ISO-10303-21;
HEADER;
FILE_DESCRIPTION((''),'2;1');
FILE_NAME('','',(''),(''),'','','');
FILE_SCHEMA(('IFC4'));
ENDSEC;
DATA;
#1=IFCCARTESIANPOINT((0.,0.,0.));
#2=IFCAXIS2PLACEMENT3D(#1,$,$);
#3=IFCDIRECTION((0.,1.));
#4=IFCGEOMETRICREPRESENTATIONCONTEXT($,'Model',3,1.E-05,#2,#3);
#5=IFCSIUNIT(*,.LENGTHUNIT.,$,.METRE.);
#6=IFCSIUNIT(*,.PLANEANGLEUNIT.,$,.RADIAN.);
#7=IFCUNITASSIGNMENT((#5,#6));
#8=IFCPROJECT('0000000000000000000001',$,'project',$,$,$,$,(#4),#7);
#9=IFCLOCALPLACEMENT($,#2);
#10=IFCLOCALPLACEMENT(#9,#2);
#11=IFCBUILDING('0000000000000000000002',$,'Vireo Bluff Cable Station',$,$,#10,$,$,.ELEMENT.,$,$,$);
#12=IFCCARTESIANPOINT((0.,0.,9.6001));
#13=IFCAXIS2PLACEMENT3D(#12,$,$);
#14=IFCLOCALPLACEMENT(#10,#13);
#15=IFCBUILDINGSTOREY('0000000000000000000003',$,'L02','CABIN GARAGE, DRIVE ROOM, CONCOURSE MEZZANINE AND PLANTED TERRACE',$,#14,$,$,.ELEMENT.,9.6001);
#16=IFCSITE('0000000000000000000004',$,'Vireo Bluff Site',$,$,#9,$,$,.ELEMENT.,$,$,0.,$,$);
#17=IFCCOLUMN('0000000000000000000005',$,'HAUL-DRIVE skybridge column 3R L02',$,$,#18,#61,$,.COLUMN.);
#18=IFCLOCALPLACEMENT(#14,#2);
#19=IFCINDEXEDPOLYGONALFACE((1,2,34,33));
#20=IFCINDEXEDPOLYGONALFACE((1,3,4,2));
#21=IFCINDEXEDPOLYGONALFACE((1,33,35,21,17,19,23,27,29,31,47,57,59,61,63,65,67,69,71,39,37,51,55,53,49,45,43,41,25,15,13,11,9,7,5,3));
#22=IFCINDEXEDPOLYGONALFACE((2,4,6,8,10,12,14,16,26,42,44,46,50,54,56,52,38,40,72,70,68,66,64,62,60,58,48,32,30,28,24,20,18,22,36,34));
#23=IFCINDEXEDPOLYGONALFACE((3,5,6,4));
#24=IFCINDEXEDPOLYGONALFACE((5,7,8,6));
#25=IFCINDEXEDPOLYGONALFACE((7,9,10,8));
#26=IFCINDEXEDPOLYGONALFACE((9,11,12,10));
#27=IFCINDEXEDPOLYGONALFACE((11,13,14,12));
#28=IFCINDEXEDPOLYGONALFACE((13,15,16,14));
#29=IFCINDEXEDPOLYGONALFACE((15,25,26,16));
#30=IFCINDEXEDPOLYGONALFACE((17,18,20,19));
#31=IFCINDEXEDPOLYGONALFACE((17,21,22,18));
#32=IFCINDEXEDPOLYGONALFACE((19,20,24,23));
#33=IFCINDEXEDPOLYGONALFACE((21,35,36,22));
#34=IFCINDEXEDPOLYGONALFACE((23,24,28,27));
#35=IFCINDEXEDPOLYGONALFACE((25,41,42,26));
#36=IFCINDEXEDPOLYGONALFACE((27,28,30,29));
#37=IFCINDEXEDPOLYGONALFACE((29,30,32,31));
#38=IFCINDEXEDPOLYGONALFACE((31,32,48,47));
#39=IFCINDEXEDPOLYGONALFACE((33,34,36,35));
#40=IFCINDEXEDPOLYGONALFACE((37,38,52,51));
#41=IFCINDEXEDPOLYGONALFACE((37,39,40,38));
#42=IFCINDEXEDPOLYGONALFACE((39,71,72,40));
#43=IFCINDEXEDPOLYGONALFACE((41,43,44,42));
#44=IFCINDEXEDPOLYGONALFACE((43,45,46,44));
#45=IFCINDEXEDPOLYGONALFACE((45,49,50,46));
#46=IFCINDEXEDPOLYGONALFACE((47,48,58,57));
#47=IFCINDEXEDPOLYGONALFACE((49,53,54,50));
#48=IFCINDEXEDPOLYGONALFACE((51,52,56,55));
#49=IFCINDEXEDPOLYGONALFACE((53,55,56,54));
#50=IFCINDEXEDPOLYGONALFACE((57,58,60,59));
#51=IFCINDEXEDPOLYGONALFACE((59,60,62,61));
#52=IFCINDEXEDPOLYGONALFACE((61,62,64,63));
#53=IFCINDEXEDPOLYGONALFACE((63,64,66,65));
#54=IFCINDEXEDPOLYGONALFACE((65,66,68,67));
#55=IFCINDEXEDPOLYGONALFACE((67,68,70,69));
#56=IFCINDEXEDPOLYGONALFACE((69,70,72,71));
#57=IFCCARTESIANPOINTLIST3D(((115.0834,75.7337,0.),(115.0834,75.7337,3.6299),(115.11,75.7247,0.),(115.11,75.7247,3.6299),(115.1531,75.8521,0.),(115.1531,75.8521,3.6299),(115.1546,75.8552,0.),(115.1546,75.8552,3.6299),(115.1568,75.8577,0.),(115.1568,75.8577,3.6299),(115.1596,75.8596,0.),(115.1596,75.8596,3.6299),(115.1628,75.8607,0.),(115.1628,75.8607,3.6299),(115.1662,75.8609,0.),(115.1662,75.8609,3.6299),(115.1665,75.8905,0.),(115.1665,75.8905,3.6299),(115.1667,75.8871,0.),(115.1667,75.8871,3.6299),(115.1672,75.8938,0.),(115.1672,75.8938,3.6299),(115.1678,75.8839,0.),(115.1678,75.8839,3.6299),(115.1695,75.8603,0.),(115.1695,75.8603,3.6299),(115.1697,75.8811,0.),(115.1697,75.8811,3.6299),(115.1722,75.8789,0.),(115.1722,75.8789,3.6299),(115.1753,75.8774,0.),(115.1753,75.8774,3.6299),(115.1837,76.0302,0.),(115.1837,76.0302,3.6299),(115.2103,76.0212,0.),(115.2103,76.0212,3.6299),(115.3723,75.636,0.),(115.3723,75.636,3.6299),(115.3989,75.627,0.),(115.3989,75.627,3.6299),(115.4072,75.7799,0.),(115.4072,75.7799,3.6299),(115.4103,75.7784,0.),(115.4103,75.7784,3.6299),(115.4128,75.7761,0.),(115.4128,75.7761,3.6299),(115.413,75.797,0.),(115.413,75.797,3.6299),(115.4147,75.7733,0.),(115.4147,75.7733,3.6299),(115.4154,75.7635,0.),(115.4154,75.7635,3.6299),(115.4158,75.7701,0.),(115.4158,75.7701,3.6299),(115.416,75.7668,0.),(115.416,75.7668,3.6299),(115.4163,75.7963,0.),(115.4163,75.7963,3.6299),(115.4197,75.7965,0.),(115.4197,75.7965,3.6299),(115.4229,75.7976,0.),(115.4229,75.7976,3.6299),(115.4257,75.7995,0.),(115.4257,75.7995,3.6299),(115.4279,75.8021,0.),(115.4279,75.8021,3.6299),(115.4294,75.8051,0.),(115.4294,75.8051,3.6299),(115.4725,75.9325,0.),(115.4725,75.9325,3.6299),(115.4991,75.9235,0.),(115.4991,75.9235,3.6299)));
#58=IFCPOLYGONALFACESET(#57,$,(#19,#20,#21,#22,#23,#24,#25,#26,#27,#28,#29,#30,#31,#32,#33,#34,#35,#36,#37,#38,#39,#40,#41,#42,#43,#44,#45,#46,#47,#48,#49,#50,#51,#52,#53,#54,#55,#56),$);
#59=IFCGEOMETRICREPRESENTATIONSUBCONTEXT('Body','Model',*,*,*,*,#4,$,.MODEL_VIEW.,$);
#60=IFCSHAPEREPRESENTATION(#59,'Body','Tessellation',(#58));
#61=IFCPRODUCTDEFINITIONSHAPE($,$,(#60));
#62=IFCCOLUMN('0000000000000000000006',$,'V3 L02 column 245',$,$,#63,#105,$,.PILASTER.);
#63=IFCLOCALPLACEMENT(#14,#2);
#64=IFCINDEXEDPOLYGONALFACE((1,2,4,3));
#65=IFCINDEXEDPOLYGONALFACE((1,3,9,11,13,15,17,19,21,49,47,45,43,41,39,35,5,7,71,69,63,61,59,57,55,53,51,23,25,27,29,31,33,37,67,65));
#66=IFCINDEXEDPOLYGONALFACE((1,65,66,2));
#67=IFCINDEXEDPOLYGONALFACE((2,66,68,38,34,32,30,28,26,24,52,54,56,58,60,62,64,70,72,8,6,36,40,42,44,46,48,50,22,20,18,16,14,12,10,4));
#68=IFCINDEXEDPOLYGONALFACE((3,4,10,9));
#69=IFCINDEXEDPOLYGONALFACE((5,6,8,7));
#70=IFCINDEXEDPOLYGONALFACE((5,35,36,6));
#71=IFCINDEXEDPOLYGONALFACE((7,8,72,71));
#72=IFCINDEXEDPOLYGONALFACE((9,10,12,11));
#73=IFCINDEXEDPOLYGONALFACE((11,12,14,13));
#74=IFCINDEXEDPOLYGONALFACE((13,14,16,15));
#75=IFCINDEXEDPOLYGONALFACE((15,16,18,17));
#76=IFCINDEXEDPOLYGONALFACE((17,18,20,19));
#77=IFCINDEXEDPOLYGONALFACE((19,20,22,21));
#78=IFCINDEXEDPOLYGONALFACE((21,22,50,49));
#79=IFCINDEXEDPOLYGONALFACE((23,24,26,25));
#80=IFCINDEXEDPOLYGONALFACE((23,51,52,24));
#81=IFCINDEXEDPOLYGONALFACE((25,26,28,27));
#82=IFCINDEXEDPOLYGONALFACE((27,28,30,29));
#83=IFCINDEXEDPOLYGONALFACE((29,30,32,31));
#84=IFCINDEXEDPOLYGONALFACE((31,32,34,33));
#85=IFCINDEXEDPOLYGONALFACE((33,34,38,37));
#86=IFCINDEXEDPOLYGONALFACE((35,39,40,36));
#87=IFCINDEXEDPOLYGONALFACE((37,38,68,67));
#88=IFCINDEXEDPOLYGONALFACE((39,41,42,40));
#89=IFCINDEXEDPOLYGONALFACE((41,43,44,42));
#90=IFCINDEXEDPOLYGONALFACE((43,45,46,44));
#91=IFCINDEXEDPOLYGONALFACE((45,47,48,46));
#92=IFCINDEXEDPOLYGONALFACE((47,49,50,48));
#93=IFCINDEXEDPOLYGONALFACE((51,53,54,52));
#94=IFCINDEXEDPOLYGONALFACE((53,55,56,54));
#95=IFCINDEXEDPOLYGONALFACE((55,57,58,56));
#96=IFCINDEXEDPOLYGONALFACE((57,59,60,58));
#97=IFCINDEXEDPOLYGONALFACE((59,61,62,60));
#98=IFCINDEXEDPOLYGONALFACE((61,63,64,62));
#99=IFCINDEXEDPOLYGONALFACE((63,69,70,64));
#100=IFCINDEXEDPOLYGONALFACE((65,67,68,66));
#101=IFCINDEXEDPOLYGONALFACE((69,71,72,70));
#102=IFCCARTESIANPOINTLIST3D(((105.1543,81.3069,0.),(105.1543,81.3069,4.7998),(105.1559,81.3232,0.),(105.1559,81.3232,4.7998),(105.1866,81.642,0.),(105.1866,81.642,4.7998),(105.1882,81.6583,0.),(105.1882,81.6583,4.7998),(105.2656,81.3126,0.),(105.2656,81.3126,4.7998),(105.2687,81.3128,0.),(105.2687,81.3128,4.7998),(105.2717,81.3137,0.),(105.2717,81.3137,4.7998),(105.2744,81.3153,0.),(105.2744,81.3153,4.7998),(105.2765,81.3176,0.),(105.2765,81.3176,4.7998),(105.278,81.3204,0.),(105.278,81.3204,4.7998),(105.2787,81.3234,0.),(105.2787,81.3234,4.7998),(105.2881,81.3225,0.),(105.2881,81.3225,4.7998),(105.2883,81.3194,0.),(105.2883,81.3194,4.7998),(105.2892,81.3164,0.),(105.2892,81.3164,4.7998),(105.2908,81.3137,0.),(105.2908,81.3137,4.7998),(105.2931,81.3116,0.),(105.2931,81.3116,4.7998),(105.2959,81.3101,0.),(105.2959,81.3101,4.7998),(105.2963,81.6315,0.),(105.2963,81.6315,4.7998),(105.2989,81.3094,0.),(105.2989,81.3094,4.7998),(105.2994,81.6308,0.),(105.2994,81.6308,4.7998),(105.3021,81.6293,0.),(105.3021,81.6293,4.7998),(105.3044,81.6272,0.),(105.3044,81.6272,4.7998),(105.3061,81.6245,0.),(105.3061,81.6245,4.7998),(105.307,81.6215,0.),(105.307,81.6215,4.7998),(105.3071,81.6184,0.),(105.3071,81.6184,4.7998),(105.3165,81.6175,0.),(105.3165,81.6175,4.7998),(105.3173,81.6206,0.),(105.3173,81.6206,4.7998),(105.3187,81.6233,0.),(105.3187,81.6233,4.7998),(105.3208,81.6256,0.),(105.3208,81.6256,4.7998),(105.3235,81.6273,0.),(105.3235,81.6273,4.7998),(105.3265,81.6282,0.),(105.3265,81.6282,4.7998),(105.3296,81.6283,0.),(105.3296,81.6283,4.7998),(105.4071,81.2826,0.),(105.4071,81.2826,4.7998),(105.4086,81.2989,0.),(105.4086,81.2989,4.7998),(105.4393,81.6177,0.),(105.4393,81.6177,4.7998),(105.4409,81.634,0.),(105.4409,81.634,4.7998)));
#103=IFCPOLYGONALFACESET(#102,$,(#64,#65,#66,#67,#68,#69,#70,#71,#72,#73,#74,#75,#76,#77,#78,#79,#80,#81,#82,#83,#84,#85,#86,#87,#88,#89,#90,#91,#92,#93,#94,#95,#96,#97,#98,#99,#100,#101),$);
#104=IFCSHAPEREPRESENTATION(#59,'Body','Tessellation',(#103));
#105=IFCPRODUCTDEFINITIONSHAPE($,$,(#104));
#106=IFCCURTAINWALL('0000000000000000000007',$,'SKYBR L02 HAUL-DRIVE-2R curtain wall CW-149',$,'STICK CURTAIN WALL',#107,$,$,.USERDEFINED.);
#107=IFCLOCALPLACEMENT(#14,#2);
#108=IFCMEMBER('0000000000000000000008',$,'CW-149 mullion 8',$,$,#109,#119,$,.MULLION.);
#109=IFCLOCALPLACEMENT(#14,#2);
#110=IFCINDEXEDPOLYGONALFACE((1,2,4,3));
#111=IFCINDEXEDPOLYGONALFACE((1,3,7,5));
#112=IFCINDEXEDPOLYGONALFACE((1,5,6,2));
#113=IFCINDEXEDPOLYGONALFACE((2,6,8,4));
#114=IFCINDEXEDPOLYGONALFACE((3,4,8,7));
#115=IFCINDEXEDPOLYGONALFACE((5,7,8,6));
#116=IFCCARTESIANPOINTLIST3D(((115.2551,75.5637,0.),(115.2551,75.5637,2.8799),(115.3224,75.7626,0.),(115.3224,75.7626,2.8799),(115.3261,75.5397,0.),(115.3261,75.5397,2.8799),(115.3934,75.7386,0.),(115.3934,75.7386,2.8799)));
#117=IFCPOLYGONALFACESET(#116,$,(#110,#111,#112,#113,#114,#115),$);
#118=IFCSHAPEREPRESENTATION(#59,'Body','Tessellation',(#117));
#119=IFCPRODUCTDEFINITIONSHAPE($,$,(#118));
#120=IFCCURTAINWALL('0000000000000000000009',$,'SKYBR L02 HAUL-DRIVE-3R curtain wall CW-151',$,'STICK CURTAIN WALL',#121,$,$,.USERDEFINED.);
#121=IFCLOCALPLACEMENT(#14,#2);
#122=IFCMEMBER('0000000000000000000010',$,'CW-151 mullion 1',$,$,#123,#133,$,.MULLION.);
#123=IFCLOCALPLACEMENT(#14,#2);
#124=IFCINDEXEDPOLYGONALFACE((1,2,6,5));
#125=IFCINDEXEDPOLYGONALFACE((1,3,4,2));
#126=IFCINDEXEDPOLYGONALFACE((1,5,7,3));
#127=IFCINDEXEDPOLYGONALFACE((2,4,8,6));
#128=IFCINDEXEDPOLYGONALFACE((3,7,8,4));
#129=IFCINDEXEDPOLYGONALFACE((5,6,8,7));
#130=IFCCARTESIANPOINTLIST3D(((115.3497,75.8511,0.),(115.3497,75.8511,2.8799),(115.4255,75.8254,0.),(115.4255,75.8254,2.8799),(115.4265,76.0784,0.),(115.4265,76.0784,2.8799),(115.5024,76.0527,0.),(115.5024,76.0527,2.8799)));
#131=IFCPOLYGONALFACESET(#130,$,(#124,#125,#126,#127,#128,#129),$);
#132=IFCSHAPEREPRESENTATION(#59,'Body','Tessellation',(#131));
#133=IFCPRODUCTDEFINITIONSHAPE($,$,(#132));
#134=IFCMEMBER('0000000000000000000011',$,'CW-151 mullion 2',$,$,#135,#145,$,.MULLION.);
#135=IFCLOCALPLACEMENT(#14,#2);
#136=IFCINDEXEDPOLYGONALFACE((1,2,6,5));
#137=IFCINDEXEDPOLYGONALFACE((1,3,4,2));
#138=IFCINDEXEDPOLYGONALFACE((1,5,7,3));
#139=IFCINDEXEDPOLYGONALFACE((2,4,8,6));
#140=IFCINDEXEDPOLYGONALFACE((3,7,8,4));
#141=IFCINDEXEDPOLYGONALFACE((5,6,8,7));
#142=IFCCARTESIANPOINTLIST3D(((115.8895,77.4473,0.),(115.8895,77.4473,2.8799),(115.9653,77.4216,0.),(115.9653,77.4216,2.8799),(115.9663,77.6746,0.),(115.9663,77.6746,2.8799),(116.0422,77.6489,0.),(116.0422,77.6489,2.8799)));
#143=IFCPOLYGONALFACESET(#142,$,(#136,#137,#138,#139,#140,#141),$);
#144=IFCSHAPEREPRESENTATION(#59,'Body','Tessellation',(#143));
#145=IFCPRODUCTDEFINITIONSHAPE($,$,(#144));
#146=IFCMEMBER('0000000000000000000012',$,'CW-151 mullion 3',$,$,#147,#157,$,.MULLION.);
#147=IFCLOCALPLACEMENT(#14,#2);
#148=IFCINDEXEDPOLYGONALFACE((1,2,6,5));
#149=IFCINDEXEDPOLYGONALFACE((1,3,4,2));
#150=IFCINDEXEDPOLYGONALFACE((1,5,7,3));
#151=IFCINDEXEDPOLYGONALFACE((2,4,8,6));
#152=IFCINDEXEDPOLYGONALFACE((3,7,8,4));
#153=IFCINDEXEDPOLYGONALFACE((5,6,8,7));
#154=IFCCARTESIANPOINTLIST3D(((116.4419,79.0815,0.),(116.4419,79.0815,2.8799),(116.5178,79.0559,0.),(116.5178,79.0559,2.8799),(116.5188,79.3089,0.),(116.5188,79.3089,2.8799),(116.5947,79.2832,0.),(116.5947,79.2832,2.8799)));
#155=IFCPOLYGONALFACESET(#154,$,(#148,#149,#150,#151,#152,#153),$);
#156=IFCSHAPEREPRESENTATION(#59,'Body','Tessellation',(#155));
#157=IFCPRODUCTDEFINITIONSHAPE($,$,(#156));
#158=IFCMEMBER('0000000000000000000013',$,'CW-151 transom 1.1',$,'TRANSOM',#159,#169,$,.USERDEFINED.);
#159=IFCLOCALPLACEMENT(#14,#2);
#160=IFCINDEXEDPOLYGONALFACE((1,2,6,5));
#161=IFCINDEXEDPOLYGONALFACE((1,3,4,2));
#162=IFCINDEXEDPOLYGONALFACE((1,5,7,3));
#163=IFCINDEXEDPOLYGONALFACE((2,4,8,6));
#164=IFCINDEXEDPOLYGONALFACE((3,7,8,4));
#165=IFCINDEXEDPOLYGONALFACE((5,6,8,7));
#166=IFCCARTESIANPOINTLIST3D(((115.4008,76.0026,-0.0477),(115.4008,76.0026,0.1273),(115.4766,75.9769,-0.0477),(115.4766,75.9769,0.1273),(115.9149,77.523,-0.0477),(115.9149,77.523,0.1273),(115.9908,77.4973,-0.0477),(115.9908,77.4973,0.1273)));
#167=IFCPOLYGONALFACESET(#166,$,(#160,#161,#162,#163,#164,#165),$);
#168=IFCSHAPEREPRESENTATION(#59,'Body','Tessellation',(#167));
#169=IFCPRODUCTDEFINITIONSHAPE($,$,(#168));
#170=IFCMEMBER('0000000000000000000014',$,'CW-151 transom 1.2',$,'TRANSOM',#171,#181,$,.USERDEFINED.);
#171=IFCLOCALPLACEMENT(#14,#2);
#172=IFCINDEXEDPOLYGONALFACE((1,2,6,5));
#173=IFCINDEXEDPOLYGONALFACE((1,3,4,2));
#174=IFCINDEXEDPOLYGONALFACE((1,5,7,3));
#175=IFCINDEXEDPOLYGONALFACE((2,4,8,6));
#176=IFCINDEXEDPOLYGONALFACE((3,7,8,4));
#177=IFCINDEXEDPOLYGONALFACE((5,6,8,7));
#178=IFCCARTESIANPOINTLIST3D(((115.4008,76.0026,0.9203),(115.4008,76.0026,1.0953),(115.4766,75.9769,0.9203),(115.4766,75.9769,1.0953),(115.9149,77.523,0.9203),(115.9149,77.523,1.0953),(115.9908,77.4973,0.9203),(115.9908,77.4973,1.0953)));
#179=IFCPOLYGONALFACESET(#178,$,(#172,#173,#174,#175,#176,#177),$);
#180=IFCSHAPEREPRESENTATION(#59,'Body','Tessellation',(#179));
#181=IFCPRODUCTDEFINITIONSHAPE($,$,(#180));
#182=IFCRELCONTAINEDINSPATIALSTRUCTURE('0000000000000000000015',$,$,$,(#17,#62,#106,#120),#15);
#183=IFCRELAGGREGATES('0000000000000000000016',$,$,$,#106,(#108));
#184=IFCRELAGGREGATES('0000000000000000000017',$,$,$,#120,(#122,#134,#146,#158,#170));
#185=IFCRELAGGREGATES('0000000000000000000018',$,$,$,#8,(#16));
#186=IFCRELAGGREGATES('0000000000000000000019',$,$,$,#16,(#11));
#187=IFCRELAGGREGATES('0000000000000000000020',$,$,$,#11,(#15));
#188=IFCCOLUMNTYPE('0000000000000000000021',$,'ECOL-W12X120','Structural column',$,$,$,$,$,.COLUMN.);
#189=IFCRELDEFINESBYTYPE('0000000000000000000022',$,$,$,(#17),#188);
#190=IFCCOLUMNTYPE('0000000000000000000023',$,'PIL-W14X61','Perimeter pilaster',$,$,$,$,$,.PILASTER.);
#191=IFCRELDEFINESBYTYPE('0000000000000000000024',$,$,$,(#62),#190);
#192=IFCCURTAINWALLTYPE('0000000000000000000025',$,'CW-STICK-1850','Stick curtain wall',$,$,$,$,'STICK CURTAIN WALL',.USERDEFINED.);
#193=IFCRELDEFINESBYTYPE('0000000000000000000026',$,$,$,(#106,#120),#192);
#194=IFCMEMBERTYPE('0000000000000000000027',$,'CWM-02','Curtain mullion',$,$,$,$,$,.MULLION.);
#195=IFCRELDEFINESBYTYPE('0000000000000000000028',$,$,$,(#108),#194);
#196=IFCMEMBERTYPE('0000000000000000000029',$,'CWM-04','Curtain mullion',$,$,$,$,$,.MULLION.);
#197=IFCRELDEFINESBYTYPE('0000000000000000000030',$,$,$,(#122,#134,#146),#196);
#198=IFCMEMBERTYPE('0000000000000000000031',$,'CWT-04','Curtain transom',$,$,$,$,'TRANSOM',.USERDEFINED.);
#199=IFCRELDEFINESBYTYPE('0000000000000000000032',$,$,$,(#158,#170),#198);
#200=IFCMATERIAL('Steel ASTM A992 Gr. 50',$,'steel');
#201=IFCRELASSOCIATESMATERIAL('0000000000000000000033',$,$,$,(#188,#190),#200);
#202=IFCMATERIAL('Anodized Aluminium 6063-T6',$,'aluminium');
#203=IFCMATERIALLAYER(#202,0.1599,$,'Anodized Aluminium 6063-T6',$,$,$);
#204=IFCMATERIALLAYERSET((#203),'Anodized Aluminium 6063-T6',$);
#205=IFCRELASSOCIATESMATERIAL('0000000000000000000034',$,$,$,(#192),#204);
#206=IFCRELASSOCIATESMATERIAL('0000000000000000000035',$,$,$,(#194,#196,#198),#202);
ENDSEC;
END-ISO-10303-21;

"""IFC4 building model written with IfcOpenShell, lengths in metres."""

from ifc_helpers import new_model, si_unit, direction, frame, origin, origin_2d, place, context, subcontext, project, spatial, rectangle, i_section, extrude, material, layer, layer_set, material_profile, profile_set, type_object, element, aggregate, save


model = new_model("IFC4")

# Units and contexts
model_context = context("Model", 3, precision=1e-05, world=origin(), true_north=direction((0.0, 1.0)))
body_context = subcontext(model_context, "Body", "Model", "MODEL_VIEW")
ifc_project = project(units=[si_unit("LENGTHUNIT", "METRE"), si_unit("PLANEANGLEUNIT", "RADIAN")], contexts=[model_context])

# Site, building, storey
site_placement = place(None, origin())
site = spatial("IfcSite", under=ifc_project, at=site_placement, Name="Vireo Bluff Site", CompositionType="ELEMENT", RefElevation=0.0)
building_placement = place(site_placement, origin())
building = spatial("IfcBuilding", under=site, at=building_placement, Name="Vireo Bluff Cable Station", CompositionType="ELEMENT")
storey_placement = place(building_placement, frame((0.0, 0.0, 9.6001)))
storey = spatial("IfcBuildingStorey", under=building, at=storey_placement, Name="L02", Description="CABIN GARAGE, DRIVE ROOM, CONCOURSE MEZZANINE AND PLANTED TERRACE", CompositionType="ELEMENT", Elevation=9.6001)

# Columns
ifc_material_1 = material(Name="Steel ASTM A992 Gr. 50", Category="steel")
ifc_material_profile_1 = material_profile(ifc_material_1, i_section(OverallWidth=0.313, OverallDepth=0.333, WebThickness=0.0181, FlangeThickness=0.0281, FilletRadius=0.0129, at=origin_2d()), Name="W12X120")
ifc_profile_set_1 = profile_set([ifc_material_profile_1], Name="Steel ASTM A992 Gr. 50")
column_type_1 = type_object("IfcColumnType", Name="ECOL-W12X120", Description="Structural column", PredefinedType="COLUMN", material=ifc_profile_set_1)
column_1_placement = place(storey_placement, frame((115.2913, 75.8286, 0.0), z_axis=(0.0, 0.0, 1.0), x_axis=(0.320352, 0.947299, 0.0)))
element("IfcColumn", 1, at=column_1_placement, inside=storey, type_object=column_type_1, Name="HAUL-DRIVE skybridge column 3R L02", PredefinedType="COLUMN", context=body_context, shape_type="SweptSolid", body=[
    extrude(i_section(OverallWidth=0.313, OverallDepth=0.333, WebThickness=0.0181, FlangeThickness=0.0281, FilletRadius=0.0129, at=origin_2d()), origin(), (0.0, 0.0, 1.0), 3.6299),
])
ifc_material_profile_2 = material_profile(ifc_material_1, i_section(OverallWidth=0.2539, OverallDepth=0.353, WebThickness=0.0095, FlangeThickness=0.0164, FilletRadius=0.012, at=origin_2d()), Name="W14X61")
ifc_profile_set_2 = profile_set([ifc_material_profile_2], Name="Steel ASTM A992 Gr. 50")
column_type_2 = type_object("IfcColumnType", Name="PIL-W14X61", Description="Perimeter pilaster", PredefinedType="PILASTER", material=ifc_profile_set_2)
column_2_placement = place(storey_placement, frame((105.2976, 81.4705, 0.0), z_axis=(0.0, 0.0, 1.0), x_axis=(0.995396, -0.095846, 0.0)))
element("IfcColumn", 2, at=column_2_placement, inside=storey, type_object=column_type_2, Name="V3 L02 column 245", PredefinedType="PILASTER", context=body_context, shape_type="SweptSolid", body=[
    extrude(i_section(OverallWidth=0.2539, OverallDepth=0.353, WebThickness=0.0095, FlangeThickness=0.0164, FilletRadius=0.012, at=origin_2d()), origin(), (0.0, 0.0, 1.0), 4.7998),
])

# Curtain wall, member
ifc_material_2 = material(Name="Anodized Aluminium 6063-T6", Category="aluminium")
ifc_layer_1 = layer(ifc_material_2, 0.1599, Name="Anodized Aluminium 6063-T6")
ifc_layer_set_1 = layer_set([ifc_layer_1], Name="Anodized Aluminium 6063-T6")
curtain_wall_type = type_object("IfcCurtainWallType", Name="CW-STICK-1850", Description="Stick curtain wall", ElementType="STICK CURTAIN WALL", PredefinedType="USERDEFINED", material=ifc_layer_set_1)
curtain_wall_1_placement = place(storey_placement, origin())
curtain_wall_1 = element("IfcCurtainWall", 3, at=curtain_wall_1_placement, inside=storey, type_object=curtain_wall_type, Name="SKYBR L02 HAUL-DRIVE-2R curtain wall CW-149", ObjectType="STICK CURTAIN WALL", PredefinedType="USERDEFINED")
ifc_material_profile_3 = material_profile(ifc_material_2, rectangle(XDim=0.075, YDim=0.21, at=origin_2d()), Name="ALU-M-75X210")
ifc_profile_set_3 = profile_set([ifc_material_profile_3], Name="Anodized Aluminium 6063-T6")
member_type_1 = type_object("IfcMemberType", Name="CWM-02", Description="Curtain mullion", PredefinedType="MULLION", material=ifc_profile_set_3)
member_1_placement = place(storey_placement, frame((115.3242, 75.6511, 0.0), z_axis=(0.0, 0.0, 1.0), x_axis=(-0.947295, 0.320362, 0.0)))
member_1 = element("IfcMember", 4, at=member_1_placement, type_object=member_type_1, Name="CW-149 mullion 8", PredefinedType="MULLION", context=body_context, shape_type="SweptSolid", body=[
    extrude(rectangle(XDim=0.075, YDim=0.21, at=origin_2d()), origin(), (0.0, 0.0, 1.0), 2.8799),
])
aggregate(curtain_wall_1, [member_1])

# Curtain wall, members
curtain_wall_2_placement = place(storey_placement, origin())
curtain_wall_2 = element("IfcCurtainWall", 5, at=curtain_wall_2_placement, inside=storey, type_object=curtain_wall_type, Name="SKYBR L02 HAUL-DRIVE-3R curtain wall CW-151", ObjectType="STICK CURTAIN WALL", PredefinedType="USERDEFINED")
ifc_material_profile_4 = material_profile(ifc_material_2, rectangle(XDim=0.0801, YDim=0.24, at=origin_2d()), Name="ALU-M-80X240")
ifc_profile_set_4 = profile_set([ifc_material_profile_4], Name="Anodized Aluminium 6063-T6")
member_type_2 = type_object("IfcMemberType", Name="CWM-04", Description="Curtain mullion", PredefinedType="MULLION", material=ifc_profile_set_4)
member_2_placement = place(storey_placement, frame((115.426, 75.9519, 0.0), z_axis=(0.0, 0.0, 1.0), x_axis=(-0.947298, 0.320354, 0.0)))
member_2 = element("IfcMember", 6, at=member_2_placement, type_object=member_type_2, Name="CW-151 mullion 1", PredefinedType="MULLION", context=body_context, shape_type="SweptSolid", body=[
    extrude(rectangle(XDim=0.0801, YDim=0.24, at=origin_2d()), origin(), (0.0, 0.0, 1.0), 2.8799),
])
member_3_placement = place(storey_placement, frame((115.9658, 77.5481, 0.0), z_axis=(0.0, 0.0, 1.0), x_axis=(-0.947298, 0.320354, 0.0)))
member_3 = element("IfcMember", 7, at=member_3_placement, type_object=member_type_2, Name="CW-151 mullion 2", PredefinedType="MULLION", context=body_context, shape_type="SweptSolid", body=[
    extrude(rectangle(XDim=0.0801, YDim=0.24, at=origin_2d()), origin(), (0.0, 0.0, 1.0), 2.8799),
])
member_4_placement = place(storey_placement, frame((116.5183, 79.1824, 0.0), z_axis=(0.0, 0.0, 1.0), x_axis=(-0.947298, 0.320354, 0.0)))
member_4 = element("IfcMember", 8, at=member_4_placement, type_object=member_type_2, Name="CW-151 mullion 3", PredefinedType="MULLION", context=body_context, shape_type="SweptSolid", body=[
    extrude(rectangle(XDim=0.0801, YDim=0.24, at=origin_2d()), origin(), (0.0, 0.0, 1.0), 2.8799),
])
ifc_material_profile_5 = material_profile(ifc_material_2, rectangle(XDim=0.0801, YDim=0.175, at=origin_2d()), Name="ALU-T-80X175")
ifc_profile_set_5 = profile_set([ifc_material_profile_5], Name="Anodized Aluminium 6063-T6")
member_type_3 = type_object("IfcMemberType", Name="CWT-04", Description="Curtain transom", ElementType="TRANSOM", PredefinedType="USERDEFINED", material=ifc_profile_set_5)
member_5_placement = place(storey_placement, frame((115.4387, 75.9897, 0.0398), z_axis=(0.320332, 0.947305, 0.0), x_axis=(-0.947305, 0.320332, 0.0)))
member_5 = element("IfcMember", 9, at=member_5_placement, type_object=member_type_3, Name="CW-151 transom 1.1", ObjectType="TRANSOM", PredefinedType="USERDEFINED", context=body_context, shape_type="SweptSolid", body=[
    extrude(rectangle(XDim=0.0801, YDim=0.175, at=origin_2d()), origin(), (0.0, 0.0, 1.0), 1.605),
])
member_6_placement = place(storey_placement, frame((115.4387, 75.9897, 1.0078), z_axis=(0.320332, 0.947305, 0.0), x_axis=(-0.947305, 0.320332, 0.0)))
member_6 = element("IfcMember", 10, at=member_6_placement, type_object=member_type_3, Name="CW-151 transom 1.2", ObjectType="TRANSOM", PredefinedType="USERDEFINED", context=body_context, shape_type="SweptSolid", body=[
    extrude(rectangle(XDim=0.0801, YDim=0.175, at=origin_2d()), origin(), (0.0, 0.0, 1.0), 1.605),
])

aggregate(curtain_wall_2, [member_2, member_3, member_4, member_5, member_6])

save(model, "model.ifc")
